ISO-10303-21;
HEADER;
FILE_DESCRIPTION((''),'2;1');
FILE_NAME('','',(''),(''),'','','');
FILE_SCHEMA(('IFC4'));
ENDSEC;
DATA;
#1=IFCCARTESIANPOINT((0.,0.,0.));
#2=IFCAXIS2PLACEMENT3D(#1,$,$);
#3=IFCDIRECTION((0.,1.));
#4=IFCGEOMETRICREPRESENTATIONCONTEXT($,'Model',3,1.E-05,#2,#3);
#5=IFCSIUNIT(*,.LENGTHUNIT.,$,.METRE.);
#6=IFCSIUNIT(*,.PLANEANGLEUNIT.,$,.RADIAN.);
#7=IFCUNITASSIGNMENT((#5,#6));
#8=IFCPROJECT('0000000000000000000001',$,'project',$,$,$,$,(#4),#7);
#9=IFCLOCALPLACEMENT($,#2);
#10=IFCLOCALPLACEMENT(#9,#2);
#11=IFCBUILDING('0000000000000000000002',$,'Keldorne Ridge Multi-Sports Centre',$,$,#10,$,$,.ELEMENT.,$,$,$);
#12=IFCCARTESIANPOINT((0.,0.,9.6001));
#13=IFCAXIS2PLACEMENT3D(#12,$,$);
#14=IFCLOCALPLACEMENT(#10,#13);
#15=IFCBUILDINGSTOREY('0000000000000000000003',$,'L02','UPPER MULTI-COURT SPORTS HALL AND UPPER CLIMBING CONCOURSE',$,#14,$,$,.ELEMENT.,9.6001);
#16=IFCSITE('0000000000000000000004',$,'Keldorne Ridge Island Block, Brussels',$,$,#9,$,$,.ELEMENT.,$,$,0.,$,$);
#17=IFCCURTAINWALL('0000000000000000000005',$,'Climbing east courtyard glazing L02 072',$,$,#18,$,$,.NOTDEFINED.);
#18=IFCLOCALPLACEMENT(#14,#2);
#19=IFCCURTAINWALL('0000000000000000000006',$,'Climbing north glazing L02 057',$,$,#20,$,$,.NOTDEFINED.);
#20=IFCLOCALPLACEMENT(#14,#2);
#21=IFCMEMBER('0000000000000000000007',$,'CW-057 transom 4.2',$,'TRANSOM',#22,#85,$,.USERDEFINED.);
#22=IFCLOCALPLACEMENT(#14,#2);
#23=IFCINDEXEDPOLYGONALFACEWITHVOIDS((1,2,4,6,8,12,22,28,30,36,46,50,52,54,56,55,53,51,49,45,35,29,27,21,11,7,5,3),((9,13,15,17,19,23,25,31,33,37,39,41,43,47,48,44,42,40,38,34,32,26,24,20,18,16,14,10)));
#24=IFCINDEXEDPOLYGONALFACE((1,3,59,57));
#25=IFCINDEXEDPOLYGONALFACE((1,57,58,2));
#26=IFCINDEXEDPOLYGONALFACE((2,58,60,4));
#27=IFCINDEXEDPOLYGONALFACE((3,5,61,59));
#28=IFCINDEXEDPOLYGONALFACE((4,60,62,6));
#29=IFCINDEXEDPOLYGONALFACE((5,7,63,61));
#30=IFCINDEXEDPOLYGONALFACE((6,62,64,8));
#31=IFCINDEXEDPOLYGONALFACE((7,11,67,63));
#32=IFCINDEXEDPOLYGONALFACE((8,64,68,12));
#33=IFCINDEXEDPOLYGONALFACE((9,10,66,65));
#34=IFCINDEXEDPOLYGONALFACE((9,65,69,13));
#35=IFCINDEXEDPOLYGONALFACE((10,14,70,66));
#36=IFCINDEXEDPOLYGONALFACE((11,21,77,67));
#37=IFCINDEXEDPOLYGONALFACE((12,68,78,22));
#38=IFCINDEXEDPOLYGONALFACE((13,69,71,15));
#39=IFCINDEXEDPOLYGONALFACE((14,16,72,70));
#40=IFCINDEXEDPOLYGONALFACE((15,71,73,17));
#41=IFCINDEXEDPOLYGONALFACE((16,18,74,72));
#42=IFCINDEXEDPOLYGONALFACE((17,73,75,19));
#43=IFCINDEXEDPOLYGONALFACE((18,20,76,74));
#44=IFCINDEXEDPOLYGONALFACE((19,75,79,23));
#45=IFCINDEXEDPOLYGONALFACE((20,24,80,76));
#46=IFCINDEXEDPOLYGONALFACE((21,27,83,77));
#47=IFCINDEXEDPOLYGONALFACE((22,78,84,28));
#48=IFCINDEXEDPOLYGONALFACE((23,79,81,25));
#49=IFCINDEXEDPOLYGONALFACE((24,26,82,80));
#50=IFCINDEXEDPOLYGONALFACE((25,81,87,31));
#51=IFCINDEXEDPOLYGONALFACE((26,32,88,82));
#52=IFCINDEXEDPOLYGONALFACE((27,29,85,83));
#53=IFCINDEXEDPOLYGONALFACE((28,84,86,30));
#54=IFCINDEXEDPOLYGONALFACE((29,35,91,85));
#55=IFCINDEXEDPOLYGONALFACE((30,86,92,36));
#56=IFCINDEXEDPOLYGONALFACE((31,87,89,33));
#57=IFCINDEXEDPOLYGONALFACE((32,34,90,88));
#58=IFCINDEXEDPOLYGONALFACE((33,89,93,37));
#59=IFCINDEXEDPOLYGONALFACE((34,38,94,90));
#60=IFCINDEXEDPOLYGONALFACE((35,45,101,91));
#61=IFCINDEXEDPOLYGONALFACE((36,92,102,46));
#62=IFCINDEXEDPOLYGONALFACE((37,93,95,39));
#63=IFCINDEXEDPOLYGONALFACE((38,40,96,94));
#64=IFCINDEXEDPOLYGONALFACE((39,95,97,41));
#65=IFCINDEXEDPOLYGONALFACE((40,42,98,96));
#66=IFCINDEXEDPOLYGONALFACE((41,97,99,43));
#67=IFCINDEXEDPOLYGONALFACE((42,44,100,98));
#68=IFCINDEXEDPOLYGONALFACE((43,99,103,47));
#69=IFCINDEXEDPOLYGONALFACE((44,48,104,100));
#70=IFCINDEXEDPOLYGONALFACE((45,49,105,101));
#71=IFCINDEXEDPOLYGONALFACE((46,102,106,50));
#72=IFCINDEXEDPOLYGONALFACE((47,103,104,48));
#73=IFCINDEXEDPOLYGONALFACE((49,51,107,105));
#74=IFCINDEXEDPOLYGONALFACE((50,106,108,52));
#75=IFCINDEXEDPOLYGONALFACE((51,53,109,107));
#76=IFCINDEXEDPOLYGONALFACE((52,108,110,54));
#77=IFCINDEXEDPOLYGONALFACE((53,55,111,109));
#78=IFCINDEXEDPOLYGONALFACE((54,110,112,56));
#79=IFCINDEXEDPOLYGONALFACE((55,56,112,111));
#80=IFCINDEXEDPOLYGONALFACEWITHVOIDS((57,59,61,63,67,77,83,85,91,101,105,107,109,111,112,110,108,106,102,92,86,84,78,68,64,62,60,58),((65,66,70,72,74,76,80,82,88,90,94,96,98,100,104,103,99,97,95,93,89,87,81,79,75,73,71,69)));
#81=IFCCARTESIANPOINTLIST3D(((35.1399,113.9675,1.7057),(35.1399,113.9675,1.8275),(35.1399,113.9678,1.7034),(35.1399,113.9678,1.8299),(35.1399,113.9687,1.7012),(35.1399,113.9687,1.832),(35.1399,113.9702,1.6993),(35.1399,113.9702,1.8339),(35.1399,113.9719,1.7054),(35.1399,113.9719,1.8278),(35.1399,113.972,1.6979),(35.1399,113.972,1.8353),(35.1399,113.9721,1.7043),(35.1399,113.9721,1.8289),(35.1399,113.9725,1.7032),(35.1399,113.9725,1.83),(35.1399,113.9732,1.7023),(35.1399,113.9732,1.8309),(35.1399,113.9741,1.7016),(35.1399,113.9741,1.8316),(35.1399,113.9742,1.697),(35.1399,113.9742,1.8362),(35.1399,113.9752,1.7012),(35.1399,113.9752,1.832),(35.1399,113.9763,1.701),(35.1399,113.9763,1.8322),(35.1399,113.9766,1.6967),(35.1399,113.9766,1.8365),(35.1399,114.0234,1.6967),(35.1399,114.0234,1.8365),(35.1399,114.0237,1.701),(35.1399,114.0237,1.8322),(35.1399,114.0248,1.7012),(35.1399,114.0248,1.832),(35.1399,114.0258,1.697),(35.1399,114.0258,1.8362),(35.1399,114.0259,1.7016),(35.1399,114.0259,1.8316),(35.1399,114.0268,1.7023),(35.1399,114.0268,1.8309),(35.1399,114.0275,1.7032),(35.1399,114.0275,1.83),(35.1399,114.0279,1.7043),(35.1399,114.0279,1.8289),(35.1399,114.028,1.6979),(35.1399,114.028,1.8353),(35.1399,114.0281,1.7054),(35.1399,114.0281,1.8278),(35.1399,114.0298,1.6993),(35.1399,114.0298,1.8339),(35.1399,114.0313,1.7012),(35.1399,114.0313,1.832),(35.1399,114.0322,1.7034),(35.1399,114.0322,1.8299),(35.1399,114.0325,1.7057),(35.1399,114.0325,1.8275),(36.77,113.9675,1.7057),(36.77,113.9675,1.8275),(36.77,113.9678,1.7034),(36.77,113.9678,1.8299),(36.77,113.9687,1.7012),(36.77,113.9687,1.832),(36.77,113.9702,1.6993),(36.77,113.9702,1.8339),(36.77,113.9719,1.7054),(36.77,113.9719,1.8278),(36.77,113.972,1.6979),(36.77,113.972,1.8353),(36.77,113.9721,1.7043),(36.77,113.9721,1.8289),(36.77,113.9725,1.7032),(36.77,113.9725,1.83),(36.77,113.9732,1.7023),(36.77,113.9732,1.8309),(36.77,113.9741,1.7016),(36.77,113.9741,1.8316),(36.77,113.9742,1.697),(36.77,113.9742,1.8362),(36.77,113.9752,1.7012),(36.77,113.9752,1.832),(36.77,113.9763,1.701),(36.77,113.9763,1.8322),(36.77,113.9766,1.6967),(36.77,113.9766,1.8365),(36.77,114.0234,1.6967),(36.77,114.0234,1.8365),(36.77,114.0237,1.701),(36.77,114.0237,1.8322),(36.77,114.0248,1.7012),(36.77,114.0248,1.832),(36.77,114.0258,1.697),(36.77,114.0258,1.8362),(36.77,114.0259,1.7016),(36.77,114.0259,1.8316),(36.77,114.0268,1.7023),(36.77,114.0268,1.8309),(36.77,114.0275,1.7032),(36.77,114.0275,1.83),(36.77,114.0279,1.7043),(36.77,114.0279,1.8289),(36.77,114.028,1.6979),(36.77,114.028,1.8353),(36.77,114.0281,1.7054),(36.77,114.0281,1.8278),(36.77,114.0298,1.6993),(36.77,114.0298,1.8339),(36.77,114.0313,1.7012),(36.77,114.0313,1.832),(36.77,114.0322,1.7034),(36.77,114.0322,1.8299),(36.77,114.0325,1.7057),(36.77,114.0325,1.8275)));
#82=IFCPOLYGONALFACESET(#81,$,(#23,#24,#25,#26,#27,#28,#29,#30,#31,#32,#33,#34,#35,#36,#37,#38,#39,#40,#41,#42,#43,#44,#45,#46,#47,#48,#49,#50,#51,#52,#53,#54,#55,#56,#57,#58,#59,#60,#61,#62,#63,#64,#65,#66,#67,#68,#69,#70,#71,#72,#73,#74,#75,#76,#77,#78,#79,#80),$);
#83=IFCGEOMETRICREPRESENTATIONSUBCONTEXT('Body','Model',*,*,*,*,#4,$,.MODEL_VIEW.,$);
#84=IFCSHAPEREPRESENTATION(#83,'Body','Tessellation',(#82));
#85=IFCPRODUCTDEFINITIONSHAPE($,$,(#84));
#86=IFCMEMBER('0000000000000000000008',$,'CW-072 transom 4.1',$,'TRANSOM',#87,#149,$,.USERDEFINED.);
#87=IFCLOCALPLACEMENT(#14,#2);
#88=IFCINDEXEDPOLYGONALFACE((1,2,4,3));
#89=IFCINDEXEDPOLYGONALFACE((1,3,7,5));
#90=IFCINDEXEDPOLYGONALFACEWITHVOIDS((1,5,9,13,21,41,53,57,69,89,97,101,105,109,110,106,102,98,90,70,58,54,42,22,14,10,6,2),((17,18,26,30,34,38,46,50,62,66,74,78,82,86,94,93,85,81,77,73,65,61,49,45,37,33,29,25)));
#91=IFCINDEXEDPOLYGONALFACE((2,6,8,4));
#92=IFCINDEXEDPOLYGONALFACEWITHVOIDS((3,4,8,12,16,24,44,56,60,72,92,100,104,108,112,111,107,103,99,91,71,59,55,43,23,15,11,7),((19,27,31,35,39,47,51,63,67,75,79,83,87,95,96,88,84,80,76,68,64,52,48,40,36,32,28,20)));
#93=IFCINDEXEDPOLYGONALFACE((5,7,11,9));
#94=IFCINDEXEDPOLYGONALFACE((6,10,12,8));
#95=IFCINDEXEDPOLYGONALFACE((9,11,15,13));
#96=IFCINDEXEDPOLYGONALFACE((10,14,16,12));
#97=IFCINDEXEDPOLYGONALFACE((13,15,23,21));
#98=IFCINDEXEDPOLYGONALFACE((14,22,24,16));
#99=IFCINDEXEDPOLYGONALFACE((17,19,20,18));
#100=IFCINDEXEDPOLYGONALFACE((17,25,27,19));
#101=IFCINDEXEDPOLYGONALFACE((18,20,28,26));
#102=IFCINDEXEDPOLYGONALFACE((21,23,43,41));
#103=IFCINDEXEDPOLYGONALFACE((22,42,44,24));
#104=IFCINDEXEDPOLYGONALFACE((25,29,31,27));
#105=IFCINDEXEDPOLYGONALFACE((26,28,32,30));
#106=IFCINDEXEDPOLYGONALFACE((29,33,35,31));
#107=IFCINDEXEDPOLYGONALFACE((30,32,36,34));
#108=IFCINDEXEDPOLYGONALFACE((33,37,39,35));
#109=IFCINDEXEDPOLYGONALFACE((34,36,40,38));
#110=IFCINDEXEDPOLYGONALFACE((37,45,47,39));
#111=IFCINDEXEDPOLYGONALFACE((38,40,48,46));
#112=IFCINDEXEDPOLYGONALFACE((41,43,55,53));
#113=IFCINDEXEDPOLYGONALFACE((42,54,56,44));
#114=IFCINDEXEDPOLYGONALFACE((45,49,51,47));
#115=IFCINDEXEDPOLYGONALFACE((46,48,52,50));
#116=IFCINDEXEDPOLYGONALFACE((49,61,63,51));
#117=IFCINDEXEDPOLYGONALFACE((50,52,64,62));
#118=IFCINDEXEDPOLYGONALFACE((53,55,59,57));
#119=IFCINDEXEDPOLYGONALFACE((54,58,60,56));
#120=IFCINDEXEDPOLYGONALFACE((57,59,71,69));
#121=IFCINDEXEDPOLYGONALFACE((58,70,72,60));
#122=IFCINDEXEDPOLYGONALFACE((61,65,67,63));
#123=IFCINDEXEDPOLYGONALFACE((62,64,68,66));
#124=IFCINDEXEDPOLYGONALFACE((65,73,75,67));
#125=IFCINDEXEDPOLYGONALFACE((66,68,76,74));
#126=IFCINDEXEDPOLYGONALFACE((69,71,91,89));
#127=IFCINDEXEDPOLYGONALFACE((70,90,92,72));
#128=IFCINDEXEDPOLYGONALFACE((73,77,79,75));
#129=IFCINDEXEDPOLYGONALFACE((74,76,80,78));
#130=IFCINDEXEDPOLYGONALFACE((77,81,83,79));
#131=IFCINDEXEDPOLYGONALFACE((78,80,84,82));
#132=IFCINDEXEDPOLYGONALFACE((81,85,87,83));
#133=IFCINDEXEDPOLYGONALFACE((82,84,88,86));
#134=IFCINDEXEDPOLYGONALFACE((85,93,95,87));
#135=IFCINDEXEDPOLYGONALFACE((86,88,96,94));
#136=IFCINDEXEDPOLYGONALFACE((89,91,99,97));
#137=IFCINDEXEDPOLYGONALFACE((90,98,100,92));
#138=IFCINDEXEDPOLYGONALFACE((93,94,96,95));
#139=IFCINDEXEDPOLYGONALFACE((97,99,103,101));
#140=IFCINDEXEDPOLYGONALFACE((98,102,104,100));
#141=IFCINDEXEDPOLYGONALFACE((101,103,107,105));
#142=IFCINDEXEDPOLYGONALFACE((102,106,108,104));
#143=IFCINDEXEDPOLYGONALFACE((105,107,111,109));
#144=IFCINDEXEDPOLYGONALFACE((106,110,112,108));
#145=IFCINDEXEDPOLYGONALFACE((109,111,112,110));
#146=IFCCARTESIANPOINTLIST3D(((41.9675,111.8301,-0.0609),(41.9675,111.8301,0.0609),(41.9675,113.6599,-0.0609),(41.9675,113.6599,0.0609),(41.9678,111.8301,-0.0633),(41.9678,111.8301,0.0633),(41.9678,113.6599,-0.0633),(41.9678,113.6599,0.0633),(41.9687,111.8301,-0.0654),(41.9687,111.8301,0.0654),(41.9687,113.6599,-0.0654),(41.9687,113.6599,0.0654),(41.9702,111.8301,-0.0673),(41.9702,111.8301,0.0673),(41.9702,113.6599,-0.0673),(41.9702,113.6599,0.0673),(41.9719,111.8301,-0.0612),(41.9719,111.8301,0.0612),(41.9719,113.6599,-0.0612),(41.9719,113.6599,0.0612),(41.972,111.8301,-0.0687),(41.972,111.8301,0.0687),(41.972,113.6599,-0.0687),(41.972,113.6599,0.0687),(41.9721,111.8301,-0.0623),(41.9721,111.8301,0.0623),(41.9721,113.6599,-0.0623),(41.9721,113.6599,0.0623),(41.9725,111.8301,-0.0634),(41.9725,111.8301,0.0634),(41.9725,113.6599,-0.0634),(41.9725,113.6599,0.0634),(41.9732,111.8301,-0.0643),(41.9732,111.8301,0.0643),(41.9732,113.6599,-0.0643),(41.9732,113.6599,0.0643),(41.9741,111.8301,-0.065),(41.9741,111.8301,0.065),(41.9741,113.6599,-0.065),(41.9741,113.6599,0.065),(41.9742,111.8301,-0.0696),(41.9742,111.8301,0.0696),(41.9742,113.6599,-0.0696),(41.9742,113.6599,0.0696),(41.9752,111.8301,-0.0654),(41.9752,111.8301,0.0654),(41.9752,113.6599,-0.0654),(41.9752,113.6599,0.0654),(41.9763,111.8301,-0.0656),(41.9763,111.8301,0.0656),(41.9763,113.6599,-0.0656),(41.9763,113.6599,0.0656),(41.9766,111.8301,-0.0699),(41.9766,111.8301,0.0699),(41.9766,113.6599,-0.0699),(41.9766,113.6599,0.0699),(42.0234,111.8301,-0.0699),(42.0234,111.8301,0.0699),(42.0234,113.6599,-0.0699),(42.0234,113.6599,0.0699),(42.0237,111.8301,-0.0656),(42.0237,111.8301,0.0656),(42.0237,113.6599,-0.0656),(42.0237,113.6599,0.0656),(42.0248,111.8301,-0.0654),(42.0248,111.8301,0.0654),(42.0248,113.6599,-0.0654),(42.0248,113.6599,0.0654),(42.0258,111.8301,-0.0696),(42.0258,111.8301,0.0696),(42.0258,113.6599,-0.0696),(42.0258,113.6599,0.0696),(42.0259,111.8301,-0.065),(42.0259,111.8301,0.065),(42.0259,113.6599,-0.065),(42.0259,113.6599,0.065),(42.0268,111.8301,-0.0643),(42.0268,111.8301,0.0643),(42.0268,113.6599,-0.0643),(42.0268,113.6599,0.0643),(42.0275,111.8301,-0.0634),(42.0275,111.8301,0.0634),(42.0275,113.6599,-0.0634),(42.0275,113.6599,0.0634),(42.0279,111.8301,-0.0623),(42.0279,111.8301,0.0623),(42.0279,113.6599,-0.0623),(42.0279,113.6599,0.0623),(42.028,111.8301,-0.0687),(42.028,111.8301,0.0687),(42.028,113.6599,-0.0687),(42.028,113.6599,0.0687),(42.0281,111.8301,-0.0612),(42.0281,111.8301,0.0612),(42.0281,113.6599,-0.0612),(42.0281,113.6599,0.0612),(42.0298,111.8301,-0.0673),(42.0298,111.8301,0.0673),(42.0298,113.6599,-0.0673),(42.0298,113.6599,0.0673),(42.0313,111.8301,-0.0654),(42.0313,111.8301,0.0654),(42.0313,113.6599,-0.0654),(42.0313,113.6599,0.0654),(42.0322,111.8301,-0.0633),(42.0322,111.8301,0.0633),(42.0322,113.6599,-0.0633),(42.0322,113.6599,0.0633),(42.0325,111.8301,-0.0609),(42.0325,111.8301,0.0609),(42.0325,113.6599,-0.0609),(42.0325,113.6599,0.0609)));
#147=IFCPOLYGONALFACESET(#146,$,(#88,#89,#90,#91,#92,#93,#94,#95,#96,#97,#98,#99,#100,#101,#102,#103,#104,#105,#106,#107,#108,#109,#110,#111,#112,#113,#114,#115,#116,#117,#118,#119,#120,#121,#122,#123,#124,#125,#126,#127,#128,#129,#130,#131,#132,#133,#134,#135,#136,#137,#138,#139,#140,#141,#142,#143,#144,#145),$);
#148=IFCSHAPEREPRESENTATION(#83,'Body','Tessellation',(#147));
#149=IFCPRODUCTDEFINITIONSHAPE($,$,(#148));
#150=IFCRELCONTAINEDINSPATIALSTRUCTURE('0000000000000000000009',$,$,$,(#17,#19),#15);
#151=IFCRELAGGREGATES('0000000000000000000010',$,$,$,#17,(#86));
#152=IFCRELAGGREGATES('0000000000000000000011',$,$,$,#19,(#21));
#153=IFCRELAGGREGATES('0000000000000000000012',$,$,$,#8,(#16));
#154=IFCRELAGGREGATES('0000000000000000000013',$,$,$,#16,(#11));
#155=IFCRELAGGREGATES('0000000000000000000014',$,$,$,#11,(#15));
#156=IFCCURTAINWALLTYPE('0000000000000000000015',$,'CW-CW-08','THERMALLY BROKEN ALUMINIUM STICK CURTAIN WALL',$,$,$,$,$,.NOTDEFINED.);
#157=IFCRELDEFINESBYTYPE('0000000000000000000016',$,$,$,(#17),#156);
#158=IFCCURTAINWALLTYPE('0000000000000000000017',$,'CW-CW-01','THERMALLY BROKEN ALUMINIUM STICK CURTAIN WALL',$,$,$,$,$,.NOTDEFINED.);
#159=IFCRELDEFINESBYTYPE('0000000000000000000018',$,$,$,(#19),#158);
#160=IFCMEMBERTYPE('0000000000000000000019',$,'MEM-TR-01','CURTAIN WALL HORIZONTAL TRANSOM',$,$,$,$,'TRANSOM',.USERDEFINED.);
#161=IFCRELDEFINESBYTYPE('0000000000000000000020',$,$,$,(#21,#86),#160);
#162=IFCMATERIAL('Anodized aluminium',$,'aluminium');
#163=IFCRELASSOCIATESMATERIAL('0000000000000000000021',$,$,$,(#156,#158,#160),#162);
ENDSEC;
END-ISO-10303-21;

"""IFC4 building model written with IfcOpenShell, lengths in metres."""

from ifc_helpers import new_model, si_unit, direction, frame, origin, origin_2d, place, context, subcontext, project, spatial, hollow_rectangle, extrude, material, material_profile, profile_set, type_object, element, aggregate, save


model = new_model("IFC4")

# Units and contexts
model_context = context("Model", 3, precision=1e-05, world=origin(), true_north=direction((0.0, 1.0)))
body_context = subcontext(model_context, "Body", "Model", "MODEL_VIEW")
ifc_project = project(units=[si_unit("LENGTHUNIT", "METRE"), si_unit("PLANEANGLEUNIT", "RADIAN")], contexts=[model_context])

# Site, building, storey
site_placement = place(None, origin())
site = spatial("IfcSite", under=ifc_project, at=site_placement, Name="Keldorne Ridge Island Block, Brussels", CompositionType="ELEMENT", RefElevation=0.0)
building_placement = place(site_placement, origin())
building = spatial("IfcBuilding", under=site, at=building_placement, Name="Keldorne Ridge Multi-Sports Centre", CompositionType="ELEMENT")
storey_placement = place(building_placement, frame((0.0, 0.0, 9.6001)))
storey = spatial("IfcBuildingStorey", under=building, at=storey_placement, Name="L02", Description="UPPER MULTI-COURT SPORTS HALL AND UPPER CLIMBING CONCOURSE", CompositionType="ELEMENT", Elevation=9.6001)

# Curtain wall
ifc_material_1 = material(Name="Anodized aluminium", Category="aluminium")
curtain_wall_type_1 = type_object("IfcCurtainWallType", Name="CW-CW-08", Description="THERMALLY BROKEN ALUMINIUM STICK CURTAIN WALL", PredefinedType="NOTDEFINED", material=ifc_material_1)
curtain_wall_1_placement = place(storey_placement, origin())
curtain_wall_1 = element("IfcCurtainWall", 1, at=curtain_wall_1_placement, inside=storey, type_object=curtain_wall_type_1, Name="Climbing east courtyard glazing L02 072", PredefinedType="NOTDEFINED")

# Curtain wall, member
curtain_wall_type_2 = type_object("IfcCurtainWallType", Name="CW-CW-01", Description="THERMALLY BROKEN ALUMINIUM STICK CURTAIN WALL", PredefinedType="NOTDEFINED", material=ifc_material_1)
curtain_wall_2_placement = place(storey_placement, origin())
curtain_wall_2 = element("IfcCurtainWall", 2, at=curtain_wall_2_placement, inside=storey, type_object=curtain_wall_type_2, Name="Climbing north glazing L02 057", PredefinedType="NOTDEFINED")
ifc_material_profile_1 = material_profile(ifc_material_1, hollow_rectangle(XDim=0.0649, YDim=0.1399, WallThickness=0.0044, InnerFilletRadius=0.0044, OuterFilletRadius=0.009, at=origin_2d()), Name="ALU TRANSOM 140x65x4.5")
ifc_profile_set_1 = profile_set([ifc_material_profile_1], Name="Anodized aluminium")
member_type_1 = type_object("IfcMemberType", Name="MEM-TR-01", Description="CURTAIN WALL HORIZONTAL TRANSOM", ElementType="TRANSOM", PredefinedType="USERDEFINED", material=ifc_profile_set_1)
member_1_placement = place(storey_placement, frame((36.77, 114.0, 1.7666), z_axis=(-1.0, 0.0, 0.0), x_axis=(0.0, -1.0, 0.0)))
member_1 = element("IfcMember", 3, at=member_1_placement, type_object=member_type_1, Name="CW-057 transom 4.2", ObjectType="TRANSOM", PredefinedType="USERDEFINED", context=body_context, shape_type="SweptSolid", body=[
    extrude(hollow_rectangle(XDim=0.0649, YDim=0.1399, WallThickness=0.0044, InnerFilletRadius=0.0044, OuterFilletRadius=0.009, at=origin_2d()), origin(), (0.0, 0.0, 1.0), 1.6301),
])

# Member
member_2_placement = place(storey_placement, frame((42.0, 111.8301, 0.0), z_axis=(0.0, 1.0, 0.0), x_axis=(-1.0, 0.0, 0.0)))
member_2 = element("IfcMember", 4, at=member_2_placement, type_object=member_type_1, Name="CW-072 transom 4.1", ObjectType="TRANSOM", PredefinedType="USERDEFINED", context=body_context, shape_type="SweptSolid", body=[
    extrude(hollow_rectangle(XDim=0.0649, YDim=0.1399, WallThickness=0.0044, InnerFilletRadius=0.0044, OuterFilletRadius=0.009, at=origin_2d()), origin(), (0.0, 0.0, 1.0), 1.8298),
])

aggregate(curtain_wall_1, [member_2])
aggregate(curtain_wall_2, [member_1])

save(model, "model.ifc")
